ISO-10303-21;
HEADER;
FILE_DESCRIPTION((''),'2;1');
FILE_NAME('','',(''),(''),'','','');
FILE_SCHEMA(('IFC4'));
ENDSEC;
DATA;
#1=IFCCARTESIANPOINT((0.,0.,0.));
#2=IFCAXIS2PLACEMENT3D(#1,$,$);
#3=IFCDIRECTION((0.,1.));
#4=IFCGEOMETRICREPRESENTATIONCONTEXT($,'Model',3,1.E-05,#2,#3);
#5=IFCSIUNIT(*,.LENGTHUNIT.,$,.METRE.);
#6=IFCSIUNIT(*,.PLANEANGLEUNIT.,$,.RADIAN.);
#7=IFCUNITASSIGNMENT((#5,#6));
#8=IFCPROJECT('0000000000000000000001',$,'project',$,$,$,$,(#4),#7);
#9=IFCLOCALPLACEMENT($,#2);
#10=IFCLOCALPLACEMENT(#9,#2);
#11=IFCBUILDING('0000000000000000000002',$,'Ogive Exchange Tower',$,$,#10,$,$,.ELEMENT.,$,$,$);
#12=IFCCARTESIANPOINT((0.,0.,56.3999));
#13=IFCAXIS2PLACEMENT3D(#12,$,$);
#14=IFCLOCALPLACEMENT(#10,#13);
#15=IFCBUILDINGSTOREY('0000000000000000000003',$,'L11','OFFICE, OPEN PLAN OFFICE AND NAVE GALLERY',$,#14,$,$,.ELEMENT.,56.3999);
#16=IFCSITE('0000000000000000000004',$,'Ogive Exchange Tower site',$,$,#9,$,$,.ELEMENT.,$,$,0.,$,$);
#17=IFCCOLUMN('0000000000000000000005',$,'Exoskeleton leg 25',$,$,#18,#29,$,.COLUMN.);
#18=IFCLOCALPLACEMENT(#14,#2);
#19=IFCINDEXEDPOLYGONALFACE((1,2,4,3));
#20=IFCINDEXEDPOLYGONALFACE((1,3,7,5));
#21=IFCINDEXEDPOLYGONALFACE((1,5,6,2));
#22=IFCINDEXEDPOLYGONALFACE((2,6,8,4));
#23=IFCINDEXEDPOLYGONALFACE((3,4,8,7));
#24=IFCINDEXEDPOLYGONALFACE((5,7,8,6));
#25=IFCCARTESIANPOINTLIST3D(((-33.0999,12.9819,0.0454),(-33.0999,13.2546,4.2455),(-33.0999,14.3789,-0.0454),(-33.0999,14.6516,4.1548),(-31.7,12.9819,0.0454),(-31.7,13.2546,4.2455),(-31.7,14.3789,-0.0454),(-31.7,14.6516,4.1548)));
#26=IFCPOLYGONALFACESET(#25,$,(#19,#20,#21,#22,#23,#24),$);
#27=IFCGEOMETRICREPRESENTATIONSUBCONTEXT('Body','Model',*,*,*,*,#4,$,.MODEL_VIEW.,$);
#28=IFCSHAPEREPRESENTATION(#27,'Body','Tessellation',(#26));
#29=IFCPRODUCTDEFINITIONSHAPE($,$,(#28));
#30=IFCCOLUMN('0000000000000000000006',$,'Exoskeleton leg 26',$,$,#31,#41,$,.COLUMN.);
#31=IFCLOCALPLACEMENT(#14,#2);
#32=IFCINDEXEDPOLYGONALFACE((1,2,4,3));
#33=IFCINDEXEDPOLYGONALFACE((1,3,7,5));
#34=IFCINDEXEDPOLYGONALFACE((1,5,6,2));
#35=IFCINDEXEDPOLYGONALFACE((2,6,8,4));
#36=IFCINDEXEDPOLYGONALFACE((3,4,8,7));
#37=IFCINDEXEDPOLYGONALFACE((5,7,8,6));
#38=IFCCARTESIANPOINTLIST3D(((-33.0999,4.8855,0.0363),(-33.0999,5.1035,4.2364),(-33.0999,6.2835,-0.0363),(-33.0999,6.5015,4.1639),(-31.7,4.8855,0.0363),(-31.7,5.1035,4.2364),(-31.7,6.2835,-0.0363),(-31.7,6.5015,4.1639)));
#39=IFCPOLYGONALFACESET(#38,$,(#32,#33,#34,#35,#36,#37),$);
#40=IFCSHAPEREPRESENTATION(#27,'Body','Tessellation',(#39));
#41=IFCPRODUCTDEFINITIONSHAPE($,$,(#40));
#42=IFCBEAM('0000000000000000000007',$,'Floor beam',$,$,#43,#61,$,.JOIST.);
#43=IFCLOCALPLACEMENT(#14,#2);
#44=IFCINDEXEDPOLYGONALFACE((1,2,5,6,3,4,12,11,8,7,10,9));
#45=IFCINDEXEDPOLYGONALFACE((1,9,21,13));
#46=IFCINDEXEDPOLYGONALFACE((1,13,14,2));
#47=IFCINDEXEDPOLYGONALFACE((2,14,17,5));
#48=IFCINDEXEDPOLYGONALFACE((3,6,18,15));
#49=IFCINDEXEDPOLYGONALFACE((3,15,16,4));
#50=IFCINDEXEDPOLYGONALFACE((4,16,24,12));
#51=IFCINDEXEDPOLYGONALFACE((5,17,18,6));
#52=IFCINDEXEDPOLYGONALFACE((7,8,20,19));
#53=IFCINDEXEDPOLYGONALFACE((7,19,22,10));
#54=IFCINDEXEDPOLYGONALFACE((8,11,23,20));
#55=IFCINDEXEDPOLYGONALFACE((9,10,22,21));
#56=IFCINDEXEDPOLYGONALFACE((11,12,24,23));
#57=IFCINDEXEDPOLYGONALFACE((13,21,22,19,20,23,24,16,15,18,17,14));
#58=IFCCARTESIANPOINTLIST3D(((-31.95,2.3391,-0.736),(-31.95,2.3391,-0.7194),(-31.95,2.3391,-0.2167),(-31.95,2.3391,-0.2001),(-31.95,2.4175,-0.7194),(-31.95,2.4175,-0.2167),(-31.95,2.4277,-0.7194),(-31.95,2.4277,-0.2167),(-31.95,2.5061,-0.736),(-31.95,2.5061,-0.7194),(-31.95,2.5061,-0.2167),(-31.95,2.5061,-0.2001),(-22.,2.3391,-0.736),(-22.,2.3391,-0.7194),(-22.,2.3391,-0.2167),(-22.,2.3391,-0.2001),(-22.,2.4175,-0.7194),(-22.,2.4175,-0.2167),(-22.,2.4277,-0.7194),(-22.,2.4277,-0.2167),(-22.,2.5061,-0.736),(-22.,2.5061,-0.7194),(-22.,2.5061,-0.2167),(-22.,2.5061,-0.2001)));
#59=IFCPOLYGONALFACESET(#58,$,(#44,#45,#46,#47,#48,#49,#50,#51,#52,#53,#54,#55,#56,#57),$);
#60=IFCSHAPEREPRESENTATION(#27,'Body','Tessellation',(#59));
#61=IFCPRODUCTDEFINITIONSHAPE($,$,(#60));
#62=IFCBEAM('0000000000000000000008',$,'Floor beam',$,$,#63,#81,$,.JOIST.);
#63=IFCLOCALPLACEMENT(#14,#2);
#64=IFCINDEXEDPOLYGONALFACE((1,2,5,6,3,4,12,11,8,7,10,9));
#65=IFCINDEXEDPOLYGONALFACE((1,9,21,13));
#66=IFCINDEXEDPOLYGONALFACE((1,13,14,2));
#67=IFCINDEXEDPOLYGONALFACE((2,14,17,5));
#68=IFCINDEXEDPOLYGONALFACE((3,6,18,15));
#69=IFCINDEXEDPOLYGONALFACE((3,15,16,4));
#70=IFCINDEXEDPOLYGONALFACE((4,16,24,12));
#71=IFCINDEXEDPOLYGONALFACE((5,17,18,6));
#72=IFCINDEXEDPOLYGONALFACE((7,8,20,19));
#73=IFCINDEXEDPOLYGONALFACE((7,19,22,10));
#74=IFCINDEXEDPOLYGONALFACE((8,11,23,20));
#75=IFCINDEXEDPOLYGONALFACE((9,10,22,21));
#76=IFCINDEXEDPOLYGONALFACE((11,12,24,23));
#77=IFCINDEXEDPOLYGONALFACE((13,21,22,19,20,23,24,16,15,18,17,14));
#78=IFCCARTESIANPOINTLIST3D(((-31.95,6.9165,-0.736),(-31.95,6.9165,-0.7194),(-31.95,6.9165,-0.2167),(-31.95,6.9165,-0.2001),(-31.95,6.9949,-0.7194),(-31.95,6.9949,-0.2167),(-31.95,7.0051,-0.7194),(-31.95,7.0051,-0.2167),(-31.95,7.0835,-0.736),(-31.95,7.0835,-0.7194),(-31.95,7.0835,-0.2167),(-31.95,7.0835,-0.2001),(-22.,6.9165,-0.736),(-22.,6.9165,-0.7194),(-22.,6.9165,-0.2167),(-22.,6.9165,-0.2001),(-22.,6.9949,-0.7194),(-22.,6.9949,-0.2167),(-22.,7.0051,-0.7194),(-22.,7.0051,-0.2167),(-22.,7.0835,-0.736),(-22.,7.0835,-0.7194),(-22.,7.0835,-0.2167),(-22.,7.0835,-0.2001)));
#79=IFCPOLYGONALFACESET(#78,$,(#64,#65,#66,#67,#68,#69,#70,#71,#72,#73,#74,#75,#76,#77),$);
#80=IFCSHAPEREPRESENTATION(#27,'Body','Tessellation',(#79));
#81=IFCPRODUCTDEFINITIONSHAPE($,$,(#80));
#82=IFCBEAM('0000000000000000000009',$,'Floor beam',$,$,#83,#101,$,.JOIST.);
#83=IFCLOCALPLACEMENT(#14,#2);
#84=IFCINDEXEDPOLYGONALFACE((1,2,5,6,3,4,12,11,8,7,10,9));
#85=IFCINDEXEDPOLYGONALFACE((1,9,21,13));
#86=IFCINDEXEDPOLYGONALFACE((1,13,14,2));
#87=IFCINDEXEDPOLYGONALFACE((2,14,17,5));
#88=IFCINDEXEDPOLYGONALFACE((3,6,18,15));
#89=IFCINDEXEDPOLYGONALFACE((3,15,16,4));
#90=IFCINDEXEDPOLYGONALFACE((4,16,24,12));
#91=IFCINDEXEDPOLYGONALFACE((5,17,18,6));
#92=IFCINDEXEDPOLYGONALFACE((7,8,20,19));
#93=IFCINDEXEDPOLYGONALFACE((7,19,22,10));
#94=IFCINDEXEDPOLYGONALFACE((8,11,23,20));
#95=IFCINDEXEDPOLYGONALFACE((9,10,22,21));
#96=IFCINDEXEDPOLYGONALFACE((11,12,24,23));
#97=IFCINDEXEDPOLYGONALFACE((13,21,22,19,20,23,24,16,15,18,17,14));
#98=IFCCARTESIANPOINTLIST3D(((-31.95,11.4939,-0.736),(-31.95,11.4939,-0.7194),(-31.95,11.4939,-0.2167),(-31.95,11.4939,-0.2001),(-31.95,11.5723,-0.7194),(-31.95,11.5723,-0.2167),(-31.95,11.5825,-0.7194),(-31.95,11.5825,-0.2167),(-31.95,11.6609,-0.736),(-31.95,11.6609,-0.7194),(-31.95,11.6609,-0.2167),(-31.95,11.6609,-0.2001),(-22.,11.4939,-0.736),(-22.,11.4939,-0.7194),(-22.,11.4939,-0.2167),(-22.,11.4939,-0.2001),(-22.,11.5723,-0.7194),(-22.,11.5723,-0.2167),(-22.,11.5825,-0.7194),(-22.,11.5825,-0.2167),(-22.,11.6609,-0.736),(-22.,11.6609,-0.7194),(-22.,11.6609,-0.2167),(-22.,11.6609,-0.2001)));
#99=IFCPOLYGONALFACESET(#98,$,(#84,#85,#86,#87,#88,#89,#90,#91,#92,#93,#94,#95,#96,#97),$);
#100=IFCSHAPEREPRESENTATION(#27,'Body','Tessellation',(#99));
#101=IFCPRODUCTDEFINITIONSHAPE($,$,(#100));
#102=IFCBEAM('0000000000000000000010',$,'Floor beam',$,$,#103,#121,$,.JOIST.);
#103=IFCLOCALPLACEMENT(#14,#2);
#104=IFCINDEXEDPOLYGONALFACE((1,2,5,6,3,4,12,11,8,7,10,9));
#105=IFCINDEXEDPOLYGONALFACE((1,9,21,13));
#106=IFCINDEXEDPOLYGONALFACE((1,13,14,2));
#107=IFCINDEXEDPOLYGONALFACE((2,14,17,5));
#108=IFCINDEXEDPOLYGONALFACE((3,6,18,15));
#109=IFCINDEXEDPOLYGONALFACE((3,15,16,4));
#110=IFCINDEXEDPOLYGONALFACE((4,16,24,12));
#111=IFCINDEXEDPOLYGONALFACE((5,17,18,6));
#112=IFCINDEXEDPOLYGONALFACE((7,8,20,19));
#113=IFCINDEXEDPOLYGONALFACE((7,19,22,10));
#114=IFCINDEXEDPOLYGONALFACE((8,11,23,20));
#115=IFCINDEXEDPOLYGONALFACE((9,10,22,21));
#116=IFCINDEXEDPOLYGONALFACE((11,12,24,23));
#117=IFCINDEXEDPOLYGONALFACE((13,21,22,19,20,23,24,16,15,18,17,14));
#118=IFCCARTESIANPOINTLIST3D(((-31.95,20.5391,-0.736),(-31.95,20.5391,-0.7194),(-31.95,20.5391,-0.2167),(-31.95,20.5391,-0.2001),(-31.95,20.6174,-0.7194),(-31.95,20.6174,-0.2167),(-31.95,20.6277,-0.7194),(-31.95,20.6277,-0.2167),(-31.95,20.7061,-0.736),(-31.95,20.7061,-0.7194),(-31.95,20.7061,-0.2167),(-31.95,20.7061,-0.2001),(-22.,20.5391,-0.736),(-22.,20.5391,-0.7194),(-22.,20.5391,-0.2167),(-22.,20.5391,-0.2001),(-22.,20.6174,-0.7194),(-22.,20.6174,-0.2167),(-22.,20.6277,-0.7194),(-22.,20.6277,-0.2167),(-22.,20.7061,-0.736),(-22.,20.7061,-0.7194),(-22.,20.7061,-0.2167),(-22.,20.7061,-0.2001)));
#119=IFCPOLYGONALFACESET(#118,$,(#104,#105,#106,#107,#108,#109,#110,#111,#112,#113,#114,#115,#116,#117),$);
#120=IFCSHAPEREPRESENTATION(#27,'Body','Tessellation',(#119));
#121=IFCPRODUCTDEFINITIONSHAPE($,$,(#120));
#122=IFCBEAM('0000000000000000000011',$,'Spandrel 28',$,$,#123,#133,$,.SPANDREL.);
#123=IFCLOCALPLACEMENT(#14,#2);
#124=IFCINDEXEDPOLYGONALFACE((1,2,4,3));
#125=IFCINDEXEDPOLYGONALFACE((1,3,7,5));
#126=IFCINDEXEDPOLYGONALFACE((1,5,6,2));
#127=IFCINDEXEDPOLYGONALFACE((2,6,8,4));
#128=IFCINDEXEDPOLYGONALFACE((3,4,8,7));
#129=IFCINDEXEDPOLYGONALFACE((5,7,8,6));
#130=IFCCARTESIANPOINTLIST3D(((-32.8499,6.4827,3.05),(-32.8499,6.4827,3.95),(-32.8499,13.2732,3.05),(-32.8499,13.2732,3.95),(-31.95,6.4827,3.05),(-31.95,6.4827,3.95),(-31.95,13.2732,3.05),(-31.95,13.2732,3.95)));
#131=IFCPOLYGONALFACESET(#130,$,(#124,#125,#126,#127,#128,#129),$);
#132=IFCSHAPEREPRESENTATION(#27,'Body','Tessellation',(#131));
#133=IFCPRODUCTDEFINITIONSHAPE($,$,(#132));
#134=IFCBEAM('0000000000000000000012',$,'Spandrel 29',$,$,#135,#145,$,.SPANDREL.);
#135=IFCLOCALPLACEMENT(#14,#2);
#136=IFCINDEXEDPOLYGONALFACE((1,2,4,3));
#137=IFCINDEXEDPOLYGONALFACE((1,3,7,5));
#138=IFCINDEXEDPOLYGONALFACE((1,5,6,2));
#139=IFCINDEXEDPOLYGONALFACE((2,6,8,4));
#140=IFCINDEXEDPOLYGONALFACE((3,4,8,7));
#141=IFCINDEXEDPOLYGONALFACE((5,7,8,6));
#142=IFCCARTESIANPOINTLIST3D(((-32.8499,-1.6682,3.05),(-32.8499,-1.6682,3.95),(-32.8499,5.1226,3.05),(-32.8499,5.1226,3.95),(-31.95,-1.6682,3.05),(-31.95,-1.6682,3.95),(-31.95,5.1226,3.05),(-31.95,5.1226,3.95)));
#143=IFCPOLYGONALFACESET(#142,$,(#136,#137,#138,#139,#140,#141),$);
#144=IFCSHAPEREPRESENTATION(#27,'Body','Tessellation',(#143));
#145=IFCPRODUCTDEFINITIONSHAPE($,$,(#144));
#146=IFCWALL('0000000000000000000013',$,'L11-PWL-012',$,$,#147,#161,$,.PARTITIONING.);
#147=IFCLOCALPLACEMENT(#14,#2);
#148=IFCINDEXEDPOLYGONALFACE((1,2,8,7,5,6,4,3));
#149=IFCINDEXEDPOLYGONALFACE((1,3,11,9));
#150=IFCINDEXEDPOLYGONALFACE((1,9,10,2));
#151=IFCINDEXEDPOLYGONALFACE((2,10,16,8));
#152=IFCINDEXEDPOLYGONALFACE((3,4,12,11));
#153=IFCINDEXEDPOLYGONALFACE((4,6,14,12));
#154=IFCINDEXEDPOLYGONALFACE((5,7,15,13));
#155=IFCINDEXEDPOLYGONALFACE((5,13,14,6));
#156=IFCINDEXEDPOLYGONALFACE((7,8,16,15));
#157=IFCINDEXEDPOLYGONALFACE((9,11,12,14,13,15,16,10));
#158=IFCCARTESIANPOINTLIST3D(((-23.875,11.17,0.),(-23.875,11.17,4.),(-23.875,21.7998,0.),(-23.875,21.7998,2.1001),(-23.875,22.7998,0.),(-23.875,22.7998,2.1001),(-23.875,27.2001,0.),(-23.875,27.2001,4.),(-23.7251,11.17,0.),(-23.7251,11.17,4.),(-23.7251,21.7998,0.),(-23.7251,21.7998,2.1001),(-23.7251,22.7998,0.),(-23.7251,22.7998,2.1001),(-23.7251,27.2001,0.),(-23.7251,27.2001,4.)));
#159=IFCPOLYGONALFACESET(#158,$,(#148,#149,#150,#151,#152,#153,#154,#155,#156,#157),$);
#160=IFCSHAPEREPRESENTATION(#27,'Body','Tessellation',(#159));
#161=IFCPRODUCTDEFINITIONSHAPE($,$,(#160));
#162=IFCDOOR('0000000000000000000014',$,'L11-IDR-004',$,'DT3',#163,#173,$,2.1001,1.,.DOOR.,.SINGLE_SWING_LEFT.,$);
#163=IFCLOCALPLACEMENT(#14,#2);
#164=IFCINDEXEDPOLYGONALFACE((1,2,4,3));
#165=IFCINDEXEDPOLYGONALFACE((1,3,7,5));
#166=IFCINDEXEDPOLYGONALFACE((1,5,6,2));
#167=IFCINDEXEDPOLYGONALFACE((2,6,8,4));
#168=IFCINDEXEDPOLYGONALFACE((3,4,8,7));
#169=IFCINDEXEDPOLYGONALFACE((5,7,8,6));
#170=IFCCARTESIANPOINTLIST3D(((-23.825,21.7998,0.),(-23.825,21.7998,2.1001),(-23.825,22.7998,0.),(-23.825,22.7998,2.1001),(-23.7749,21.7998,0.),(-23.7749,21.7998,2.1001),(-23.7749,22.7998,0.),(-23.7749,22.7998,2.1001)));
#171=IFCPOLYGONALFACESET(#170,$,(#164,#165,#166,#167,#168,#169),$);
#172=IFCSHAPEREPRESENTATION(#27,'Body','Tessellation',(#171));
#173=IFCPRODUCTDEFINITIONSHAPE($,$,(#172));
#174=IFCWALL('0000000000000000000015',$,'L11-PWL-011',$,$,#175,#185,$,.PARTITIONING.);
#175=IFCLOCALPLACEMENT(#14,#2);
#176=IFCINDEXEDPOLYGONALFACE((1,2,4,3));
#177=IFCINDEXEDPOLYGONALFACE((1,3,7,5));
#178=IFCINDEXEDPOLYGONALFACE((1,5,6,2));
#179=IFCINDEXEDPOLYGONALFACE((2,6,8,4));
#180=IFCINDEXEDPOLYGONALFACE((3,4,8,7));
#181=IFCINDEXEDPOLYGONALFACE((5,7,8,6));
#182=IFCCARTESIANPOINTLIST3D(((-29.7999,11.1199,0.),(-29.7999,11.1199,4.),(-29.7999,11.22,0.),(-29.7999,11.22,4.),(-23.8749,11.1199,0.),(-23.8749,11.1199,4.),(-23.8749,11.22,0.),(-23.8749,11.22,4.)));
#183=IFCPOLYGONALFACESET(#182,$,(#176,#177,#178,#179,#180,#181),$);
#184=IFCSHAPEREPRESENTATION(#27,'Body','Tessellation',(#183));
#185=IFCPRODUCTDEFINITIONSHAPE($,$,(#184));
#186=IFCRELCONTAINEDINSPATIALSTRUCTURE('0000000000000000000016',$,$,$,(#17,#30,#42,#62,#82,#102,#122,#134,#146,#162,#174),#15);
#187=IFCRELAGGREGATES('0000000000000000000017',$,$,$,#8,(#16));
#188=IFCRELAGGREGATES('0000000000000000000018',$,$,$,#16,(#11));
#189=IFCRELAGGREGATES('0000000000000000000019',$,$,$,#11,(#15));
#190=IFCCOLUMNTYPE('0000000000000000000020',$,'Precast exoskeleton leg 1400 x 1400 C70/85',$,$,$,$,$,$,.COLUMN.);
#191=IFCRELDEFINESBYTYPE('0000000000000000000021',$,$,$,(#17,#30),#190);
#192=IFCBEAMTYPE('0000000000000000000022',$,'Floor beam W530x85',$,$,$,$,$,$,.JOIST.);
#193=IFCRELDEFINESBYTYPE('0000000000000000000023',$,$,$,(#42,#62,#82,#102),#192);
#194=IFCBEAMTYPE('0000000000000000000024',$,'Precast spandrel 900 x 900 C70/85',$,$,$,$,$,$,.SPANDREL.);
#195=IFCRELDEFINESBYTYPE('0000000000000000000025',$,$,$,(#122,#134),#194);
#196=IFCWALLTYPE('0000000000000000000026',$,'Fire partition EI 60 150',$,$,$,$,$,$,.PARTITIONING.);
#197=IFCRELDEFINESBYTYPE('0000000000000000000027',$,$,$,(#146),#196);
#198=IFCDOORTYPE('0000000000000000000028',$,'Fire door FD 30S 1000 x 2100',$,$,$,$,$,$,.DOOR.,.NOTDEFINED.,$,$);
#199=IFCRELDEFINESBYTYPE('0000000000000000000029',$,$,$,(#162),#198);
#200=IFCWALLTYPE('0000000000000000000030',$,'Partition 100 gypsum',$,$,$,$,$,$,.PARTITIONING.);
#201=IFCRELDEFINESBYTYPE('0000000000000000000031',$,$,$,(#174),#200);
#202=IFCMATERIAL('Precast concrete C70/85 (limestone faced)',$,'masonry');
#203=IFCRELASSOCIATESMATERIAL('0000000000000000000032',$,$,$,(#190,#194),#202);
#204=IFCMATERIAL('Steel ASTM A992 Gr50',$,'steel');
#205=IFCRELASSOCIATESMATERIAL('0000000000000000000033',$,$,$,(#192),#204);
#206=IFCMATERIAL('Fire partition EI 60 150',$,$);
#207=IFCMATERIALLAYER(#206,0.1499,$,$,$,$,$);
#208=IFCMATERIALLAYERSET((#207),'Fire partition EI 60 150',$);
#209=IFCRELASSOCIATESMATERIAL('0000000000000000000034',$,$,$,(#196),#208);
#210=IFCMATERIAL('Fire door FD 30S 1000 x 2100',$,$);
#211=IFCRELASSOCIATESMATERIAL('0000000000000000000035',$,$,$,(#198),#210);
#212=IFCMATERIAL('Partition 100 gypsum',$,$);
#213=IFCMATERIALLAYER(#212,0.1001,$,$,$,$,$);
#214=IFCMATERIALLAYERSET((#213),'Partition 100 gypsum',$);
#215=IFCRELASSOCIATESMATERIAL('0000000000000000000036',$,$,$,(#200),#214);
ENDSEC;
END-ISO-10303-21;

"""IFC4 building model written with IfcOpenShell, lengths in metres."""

from ifc_helpers import new_model, si_unit, direction, frame, frame_2d, origin, origin_2d, place, context, subcontext, project, spatial, rectangle, i_section, extrude, material, layer, layer_set, material_profile, profile_set, type_object, element, fill, save


model = new_model("IFC4")

# Units and contexts
model_context = context("Model", 3, precision=1e-05, world=origin(), true_north=direction((0.0, 1.0)))
body_context = subcontext(model_context, "Body", "Model", "MODEL_VIEW")
ifc_project = project(units=[si_unit("LENGTHUNIT", "METRE"), si_unit("PLANEANGLEUNIT", "RADIAN")], contexts=[model_context])

# Site, building, storey
site_placement = place(None, origin())
site = spatial("IfcSite", under=ifc_project, at=site_placement, Name="Ogive Exchange Tower site", CompositionType="ELEMENT", RefElevation=0.0)
building_placement = place(site_placement, origin())
building = spatial("IfcBuilding", under=site, at=building_placement, Name="Ogive Exchange Tower", CompositionType="ELEMENT")
storey_placement = place(building_placement, frame((0.0, 0.0, 56.3999)))
storey = spatial("IfcBuildingStorey", under=building, at=storey_placement, Name="L11", Description="OFFICE, OPEN PLAN OFFICE AND NAVE GALLERY", CompositionType="ELEMENT", Elevation=56.3999)

# Columns
ifc_material_1 = material(Name="Precast concrete C70/85 (limestone faced)", Category="masonry")
ifc_material_profile_1 = material_profile(ifc_material_1, rectangle(XDim=1.3999, YDim=1.3999, at=origin_2d()), Name="1400 x 1400")
ifc_profile_set_1 = profile_set([ifc_material_profile_1], Name="Precast concrete C70/85 (limestone faced)")
column_type = type_object("IfcColumnType", Name="Precast exoskeleton leg 1400 x 1400 C70/85", PredefinedType="COLUMN", material=ifc_profile_set_1)
column_1_placement = place(storey_placement, frame((-32.3999, 13.6804, 0.0), z_axis=(0.0, 0.06479, 0.997899), x_axis=(-1.0, 0.0, 0.0)))
element("IfcColumn", 1, at=column_1_placement, inside=storey, type_object=column_type, Name="Exoskeleton leg 25", PredefinedType="COLUMN", context=body_context, shape_type="SweptSolid", body=[
    extrude(rectangle(XDim=1.3999, YDim=1.3999, at=origin_2d()), origin(), (0.0, 0.0, 1.0), 4.209),
])
column_2_placement = place(storey_placement, frame((-32.3999, 5.5845, 0.0), z_axis=(0.0, 0.051837, 0.998656), x_axis=(-1.0, 0.0, 0.0)))
element("IfcColumn", 2, at=column_2_placement, inside=storey, type_object=column_type, Name="Exoskeleton leg 26", PredefinedType="COLUMN", context=body_context, shape_type="SweptSolid", body=[
    extrude(rectangle(XDim=1.3999, YDim=1.3999, at=origin_2d()), origin(), (0.0, 0.0, 1.0), 4.2058),
])

# Beams
ifc_material_2 = material(Name="Steel ASTM A992 Gr50", Category="steel")
ifc_material_profile_2 = material_profile(ifc_material_2, i_section(OverallWidth=0.167, OverallDepth=0.5359, WebThickness=0.0103, FlangeThickness=0.0166, at=origin_2d()), Name="W530x85")
ifc_profile_set_2 = profile_set([ifc_material_profile_2], Name="Steel ASTM A992 Gr50")
beam_type_1 = type_object("IfcBeamType", Name="Floor beam W530x85", PredefinedType="JOIST", material=ifc_profile_set_2)
for number, where, z_axis, x_axis, name in (
    (3, (-31.95, 2.4226, -0.468), (1.0, 0.0, 0.0), (0.0, 1.0, 0.0), "Floor beam"),
    (4, (-31.95, 7.0, -0.468), (1.0, 0.0, 0.0), (0.0, 1.0, 0.0), "Floor beam"),
    (5, (-31.95, 11.5774, -0.468), (1.0, 0.0, 0.0), (0.0, 1.0, 0.0), "Floor beam"),
    (6, (-31.95, 20.6226, -0.468), (1.0, 0.0, 0.0), (0.0, 1.0, 0.0), "Floor beam"),
):
    element("IfcBeam", number, at=place(storey_placement, frame(where, z_axis=z_axis, x_axis=x_axis)), inside=storey, type_object=beam_type_1, Name=name, PredefinedType="JOIST", context=body_context, shape_type="SweptSolid", body=[
        extrude(i_section(OverallWidth=0.167, OverallDepth=0.5359, WebThickness=0.0103, FlangeThickness=0.0166, at=origin_2d()), origin(), (0.0, 0.0, 1.0), 9.95),
    ])
ifc_material_profile_3 = material_profile(ifc_material_1, rectangle(XDim=0.8999, YDim=0.8999, at=origin_2d()), Name="900 x 900")
ifc_profile_set_3 = profile_set([ifc_material_profile_3], Name="Precast concrete C70/85 (limestone faced)")
beam_type_2 = type_object("IfcBeamType", Name="Precast spandrel 900 x 900 C70/85", PredefinedType="SPANDREL", material=ifc_profile_set_3)
beam_1_placement = place(storey_placement, frame((-32.3999, 13.2732, 3.5), z_axis=(0.0, -1.0, 0.0), x_axis=(1.0, 0.0, 0.0)))
element("IfcBeam", 7, at=beam_1_placement, inside=storey, type_object=beam_type_2, Name="Spandrel 28", PredefinedType="SPANDREL", context=body_context, shape_type="SweptSolid", body=[
    extrude(rectangle(XDim=0.8999, YDim=0.8999, at=origin_2d()), origin(), (0.0, 0.0, 1.0), 6.7905),
])
beam_2_placement = place(storey_placement, frame((-32.3999, 5.1226, 3.5), z_axis=(0.0, -1.0, 0.0), x_axis=(1.0, 0.0, 0.0)))
element("IfcBeam", 8, at=beam_2_placement, inside=storey, type_object=beam_type_2, Name="Spandrel 29", PredefinedType="SPANDREL", context=body_context, shape_type="SweptSolid", body=[
    extrude(rectangle(XDim=0.8999, YDim=0.8999, at=origin_2d()), origin(), (0.0, 0.0, 1.0), 6.7908),
])

# Wall, opening, door
ifc_material_3 = material(Name="Fire partition EI 60 150")
ifc_layer_1 = layer(ifc_material_3, 0.1499)
ifc_layer_set_1 = layer_set([ifc_layer_1], Name="Fire partition EI 60 150")
wall_type_1 = type_object("IfcWallType", Name="Fire partition EI 60 150", PredefinedType="PARTITIONING", material=ifc_layer_set_1)
wall_1_placement = place(storey_placement, frame((-23.8, 11.1699, 0.0), z_axis=(0.0, 0.0, 1.0), x_axis=(0.0, 1.0, 0.0)))
wall_1 = element("IfcWall", 9, at=wall_1_placement, inside=storey, type_object=wall_type_1, Name="L11-PWL-012", PredefinedType="PARTITIONING", context=body_context, shape_type="SweptSolid", body=[
    extrude(rectangle(XDim=16.03, YDim=0.1499, at=frame_2d((8.0151, 0.0))), origin(), (0.0, 0.0, 1.0), 4.0),
])
opening_placement = place(wall_1_placement, frame((10.6299, 0.0, 0.0)))
opening = element("IfcOpeningElement", 10, at=opening_placement, cuts=wall_1, PredefinedType="OPENING", context=body_context, shape_type="SweptSolid", body=[
    extrude(rectangle(XDim=1.0, YDim=2.1001, at=frame_2d((0.5, 1.05))), frame((0.0, 0.085, 0.0), z_axis=(0.0, -1.0, 0.0), x_axis=(1.0, 0.0, 0.0)), (0.0, 0.0, 1.0), 0.1699),
])
ifc_material_4 = material(Name="Fire door FD 30S 1000 x 2100")
door_type = type_object("IfcDoorType", Name="Fire door FD 30S 1000 x 2100", OperationType="NOTDEFINED", PredefinedType="DOOR", material=ifc_material_4)
door_placement = place(opening_placement, origin())
door = element("IfcDoor", 11, at=door_placement, inside=storey, type_object=door_type, Name="L11-IDR-004", ObjectType="DT3", OperationType="SINGLE_SWING_LEFT", OverallHeight=2.1001, OverallWidth=1.0, PredefinedType="DOOR", context=body_context, shape_type="SweptSolid", body=[
    extrude(rectangle(XDim=1.0, YDim=2.1001, at=frame_2d((0.5, 1.05))), frame((0.0, 0.0249, 0.0), z_axis=(0.0, -1.0, 0.0), x_axis=(1.0, 0.0, 0.0)), (0.0, 0.0, 1.0), 0.05),
])
fill(opening, door)

# Wall
ifc_material_5 = material(Name="Partition 100 gypsum")
ifc_layer_2 = layer(ifc_material_5, 0.1001)
ifc_layer_set_2 = layer_set([ifc_layer_2], Name="Partition 100 gypsum")
wall_type_2 = type_object("IfcWallType", Name="Partition 100 gypsum", PredefinedType="PARTITIONING", material=ifc_layer_set_2)
wall_2_placement = place(storey_placement, frame((-23.875, 11.1699, 0.0), z_axis=(0.0, 0.0, 1.0), x_axis=(-1.0, 0.0, 0.0)))
element("IfcWall", 12, at=wall_2_placement, inside=storey, type_object=wall_type_2, Name="L11-PWL-011", PredefinedType="PARTITIONING", context=body_context, shape_type="SweptSolid", body=[
    extrude(rectangle(XDim=5.925, YDim=0.1001, at=frame_2d((2.9624, 0.0))), origin(), (0.0, 0.0, 1.0), 4.0),
])

save(model, "model.ifc")
